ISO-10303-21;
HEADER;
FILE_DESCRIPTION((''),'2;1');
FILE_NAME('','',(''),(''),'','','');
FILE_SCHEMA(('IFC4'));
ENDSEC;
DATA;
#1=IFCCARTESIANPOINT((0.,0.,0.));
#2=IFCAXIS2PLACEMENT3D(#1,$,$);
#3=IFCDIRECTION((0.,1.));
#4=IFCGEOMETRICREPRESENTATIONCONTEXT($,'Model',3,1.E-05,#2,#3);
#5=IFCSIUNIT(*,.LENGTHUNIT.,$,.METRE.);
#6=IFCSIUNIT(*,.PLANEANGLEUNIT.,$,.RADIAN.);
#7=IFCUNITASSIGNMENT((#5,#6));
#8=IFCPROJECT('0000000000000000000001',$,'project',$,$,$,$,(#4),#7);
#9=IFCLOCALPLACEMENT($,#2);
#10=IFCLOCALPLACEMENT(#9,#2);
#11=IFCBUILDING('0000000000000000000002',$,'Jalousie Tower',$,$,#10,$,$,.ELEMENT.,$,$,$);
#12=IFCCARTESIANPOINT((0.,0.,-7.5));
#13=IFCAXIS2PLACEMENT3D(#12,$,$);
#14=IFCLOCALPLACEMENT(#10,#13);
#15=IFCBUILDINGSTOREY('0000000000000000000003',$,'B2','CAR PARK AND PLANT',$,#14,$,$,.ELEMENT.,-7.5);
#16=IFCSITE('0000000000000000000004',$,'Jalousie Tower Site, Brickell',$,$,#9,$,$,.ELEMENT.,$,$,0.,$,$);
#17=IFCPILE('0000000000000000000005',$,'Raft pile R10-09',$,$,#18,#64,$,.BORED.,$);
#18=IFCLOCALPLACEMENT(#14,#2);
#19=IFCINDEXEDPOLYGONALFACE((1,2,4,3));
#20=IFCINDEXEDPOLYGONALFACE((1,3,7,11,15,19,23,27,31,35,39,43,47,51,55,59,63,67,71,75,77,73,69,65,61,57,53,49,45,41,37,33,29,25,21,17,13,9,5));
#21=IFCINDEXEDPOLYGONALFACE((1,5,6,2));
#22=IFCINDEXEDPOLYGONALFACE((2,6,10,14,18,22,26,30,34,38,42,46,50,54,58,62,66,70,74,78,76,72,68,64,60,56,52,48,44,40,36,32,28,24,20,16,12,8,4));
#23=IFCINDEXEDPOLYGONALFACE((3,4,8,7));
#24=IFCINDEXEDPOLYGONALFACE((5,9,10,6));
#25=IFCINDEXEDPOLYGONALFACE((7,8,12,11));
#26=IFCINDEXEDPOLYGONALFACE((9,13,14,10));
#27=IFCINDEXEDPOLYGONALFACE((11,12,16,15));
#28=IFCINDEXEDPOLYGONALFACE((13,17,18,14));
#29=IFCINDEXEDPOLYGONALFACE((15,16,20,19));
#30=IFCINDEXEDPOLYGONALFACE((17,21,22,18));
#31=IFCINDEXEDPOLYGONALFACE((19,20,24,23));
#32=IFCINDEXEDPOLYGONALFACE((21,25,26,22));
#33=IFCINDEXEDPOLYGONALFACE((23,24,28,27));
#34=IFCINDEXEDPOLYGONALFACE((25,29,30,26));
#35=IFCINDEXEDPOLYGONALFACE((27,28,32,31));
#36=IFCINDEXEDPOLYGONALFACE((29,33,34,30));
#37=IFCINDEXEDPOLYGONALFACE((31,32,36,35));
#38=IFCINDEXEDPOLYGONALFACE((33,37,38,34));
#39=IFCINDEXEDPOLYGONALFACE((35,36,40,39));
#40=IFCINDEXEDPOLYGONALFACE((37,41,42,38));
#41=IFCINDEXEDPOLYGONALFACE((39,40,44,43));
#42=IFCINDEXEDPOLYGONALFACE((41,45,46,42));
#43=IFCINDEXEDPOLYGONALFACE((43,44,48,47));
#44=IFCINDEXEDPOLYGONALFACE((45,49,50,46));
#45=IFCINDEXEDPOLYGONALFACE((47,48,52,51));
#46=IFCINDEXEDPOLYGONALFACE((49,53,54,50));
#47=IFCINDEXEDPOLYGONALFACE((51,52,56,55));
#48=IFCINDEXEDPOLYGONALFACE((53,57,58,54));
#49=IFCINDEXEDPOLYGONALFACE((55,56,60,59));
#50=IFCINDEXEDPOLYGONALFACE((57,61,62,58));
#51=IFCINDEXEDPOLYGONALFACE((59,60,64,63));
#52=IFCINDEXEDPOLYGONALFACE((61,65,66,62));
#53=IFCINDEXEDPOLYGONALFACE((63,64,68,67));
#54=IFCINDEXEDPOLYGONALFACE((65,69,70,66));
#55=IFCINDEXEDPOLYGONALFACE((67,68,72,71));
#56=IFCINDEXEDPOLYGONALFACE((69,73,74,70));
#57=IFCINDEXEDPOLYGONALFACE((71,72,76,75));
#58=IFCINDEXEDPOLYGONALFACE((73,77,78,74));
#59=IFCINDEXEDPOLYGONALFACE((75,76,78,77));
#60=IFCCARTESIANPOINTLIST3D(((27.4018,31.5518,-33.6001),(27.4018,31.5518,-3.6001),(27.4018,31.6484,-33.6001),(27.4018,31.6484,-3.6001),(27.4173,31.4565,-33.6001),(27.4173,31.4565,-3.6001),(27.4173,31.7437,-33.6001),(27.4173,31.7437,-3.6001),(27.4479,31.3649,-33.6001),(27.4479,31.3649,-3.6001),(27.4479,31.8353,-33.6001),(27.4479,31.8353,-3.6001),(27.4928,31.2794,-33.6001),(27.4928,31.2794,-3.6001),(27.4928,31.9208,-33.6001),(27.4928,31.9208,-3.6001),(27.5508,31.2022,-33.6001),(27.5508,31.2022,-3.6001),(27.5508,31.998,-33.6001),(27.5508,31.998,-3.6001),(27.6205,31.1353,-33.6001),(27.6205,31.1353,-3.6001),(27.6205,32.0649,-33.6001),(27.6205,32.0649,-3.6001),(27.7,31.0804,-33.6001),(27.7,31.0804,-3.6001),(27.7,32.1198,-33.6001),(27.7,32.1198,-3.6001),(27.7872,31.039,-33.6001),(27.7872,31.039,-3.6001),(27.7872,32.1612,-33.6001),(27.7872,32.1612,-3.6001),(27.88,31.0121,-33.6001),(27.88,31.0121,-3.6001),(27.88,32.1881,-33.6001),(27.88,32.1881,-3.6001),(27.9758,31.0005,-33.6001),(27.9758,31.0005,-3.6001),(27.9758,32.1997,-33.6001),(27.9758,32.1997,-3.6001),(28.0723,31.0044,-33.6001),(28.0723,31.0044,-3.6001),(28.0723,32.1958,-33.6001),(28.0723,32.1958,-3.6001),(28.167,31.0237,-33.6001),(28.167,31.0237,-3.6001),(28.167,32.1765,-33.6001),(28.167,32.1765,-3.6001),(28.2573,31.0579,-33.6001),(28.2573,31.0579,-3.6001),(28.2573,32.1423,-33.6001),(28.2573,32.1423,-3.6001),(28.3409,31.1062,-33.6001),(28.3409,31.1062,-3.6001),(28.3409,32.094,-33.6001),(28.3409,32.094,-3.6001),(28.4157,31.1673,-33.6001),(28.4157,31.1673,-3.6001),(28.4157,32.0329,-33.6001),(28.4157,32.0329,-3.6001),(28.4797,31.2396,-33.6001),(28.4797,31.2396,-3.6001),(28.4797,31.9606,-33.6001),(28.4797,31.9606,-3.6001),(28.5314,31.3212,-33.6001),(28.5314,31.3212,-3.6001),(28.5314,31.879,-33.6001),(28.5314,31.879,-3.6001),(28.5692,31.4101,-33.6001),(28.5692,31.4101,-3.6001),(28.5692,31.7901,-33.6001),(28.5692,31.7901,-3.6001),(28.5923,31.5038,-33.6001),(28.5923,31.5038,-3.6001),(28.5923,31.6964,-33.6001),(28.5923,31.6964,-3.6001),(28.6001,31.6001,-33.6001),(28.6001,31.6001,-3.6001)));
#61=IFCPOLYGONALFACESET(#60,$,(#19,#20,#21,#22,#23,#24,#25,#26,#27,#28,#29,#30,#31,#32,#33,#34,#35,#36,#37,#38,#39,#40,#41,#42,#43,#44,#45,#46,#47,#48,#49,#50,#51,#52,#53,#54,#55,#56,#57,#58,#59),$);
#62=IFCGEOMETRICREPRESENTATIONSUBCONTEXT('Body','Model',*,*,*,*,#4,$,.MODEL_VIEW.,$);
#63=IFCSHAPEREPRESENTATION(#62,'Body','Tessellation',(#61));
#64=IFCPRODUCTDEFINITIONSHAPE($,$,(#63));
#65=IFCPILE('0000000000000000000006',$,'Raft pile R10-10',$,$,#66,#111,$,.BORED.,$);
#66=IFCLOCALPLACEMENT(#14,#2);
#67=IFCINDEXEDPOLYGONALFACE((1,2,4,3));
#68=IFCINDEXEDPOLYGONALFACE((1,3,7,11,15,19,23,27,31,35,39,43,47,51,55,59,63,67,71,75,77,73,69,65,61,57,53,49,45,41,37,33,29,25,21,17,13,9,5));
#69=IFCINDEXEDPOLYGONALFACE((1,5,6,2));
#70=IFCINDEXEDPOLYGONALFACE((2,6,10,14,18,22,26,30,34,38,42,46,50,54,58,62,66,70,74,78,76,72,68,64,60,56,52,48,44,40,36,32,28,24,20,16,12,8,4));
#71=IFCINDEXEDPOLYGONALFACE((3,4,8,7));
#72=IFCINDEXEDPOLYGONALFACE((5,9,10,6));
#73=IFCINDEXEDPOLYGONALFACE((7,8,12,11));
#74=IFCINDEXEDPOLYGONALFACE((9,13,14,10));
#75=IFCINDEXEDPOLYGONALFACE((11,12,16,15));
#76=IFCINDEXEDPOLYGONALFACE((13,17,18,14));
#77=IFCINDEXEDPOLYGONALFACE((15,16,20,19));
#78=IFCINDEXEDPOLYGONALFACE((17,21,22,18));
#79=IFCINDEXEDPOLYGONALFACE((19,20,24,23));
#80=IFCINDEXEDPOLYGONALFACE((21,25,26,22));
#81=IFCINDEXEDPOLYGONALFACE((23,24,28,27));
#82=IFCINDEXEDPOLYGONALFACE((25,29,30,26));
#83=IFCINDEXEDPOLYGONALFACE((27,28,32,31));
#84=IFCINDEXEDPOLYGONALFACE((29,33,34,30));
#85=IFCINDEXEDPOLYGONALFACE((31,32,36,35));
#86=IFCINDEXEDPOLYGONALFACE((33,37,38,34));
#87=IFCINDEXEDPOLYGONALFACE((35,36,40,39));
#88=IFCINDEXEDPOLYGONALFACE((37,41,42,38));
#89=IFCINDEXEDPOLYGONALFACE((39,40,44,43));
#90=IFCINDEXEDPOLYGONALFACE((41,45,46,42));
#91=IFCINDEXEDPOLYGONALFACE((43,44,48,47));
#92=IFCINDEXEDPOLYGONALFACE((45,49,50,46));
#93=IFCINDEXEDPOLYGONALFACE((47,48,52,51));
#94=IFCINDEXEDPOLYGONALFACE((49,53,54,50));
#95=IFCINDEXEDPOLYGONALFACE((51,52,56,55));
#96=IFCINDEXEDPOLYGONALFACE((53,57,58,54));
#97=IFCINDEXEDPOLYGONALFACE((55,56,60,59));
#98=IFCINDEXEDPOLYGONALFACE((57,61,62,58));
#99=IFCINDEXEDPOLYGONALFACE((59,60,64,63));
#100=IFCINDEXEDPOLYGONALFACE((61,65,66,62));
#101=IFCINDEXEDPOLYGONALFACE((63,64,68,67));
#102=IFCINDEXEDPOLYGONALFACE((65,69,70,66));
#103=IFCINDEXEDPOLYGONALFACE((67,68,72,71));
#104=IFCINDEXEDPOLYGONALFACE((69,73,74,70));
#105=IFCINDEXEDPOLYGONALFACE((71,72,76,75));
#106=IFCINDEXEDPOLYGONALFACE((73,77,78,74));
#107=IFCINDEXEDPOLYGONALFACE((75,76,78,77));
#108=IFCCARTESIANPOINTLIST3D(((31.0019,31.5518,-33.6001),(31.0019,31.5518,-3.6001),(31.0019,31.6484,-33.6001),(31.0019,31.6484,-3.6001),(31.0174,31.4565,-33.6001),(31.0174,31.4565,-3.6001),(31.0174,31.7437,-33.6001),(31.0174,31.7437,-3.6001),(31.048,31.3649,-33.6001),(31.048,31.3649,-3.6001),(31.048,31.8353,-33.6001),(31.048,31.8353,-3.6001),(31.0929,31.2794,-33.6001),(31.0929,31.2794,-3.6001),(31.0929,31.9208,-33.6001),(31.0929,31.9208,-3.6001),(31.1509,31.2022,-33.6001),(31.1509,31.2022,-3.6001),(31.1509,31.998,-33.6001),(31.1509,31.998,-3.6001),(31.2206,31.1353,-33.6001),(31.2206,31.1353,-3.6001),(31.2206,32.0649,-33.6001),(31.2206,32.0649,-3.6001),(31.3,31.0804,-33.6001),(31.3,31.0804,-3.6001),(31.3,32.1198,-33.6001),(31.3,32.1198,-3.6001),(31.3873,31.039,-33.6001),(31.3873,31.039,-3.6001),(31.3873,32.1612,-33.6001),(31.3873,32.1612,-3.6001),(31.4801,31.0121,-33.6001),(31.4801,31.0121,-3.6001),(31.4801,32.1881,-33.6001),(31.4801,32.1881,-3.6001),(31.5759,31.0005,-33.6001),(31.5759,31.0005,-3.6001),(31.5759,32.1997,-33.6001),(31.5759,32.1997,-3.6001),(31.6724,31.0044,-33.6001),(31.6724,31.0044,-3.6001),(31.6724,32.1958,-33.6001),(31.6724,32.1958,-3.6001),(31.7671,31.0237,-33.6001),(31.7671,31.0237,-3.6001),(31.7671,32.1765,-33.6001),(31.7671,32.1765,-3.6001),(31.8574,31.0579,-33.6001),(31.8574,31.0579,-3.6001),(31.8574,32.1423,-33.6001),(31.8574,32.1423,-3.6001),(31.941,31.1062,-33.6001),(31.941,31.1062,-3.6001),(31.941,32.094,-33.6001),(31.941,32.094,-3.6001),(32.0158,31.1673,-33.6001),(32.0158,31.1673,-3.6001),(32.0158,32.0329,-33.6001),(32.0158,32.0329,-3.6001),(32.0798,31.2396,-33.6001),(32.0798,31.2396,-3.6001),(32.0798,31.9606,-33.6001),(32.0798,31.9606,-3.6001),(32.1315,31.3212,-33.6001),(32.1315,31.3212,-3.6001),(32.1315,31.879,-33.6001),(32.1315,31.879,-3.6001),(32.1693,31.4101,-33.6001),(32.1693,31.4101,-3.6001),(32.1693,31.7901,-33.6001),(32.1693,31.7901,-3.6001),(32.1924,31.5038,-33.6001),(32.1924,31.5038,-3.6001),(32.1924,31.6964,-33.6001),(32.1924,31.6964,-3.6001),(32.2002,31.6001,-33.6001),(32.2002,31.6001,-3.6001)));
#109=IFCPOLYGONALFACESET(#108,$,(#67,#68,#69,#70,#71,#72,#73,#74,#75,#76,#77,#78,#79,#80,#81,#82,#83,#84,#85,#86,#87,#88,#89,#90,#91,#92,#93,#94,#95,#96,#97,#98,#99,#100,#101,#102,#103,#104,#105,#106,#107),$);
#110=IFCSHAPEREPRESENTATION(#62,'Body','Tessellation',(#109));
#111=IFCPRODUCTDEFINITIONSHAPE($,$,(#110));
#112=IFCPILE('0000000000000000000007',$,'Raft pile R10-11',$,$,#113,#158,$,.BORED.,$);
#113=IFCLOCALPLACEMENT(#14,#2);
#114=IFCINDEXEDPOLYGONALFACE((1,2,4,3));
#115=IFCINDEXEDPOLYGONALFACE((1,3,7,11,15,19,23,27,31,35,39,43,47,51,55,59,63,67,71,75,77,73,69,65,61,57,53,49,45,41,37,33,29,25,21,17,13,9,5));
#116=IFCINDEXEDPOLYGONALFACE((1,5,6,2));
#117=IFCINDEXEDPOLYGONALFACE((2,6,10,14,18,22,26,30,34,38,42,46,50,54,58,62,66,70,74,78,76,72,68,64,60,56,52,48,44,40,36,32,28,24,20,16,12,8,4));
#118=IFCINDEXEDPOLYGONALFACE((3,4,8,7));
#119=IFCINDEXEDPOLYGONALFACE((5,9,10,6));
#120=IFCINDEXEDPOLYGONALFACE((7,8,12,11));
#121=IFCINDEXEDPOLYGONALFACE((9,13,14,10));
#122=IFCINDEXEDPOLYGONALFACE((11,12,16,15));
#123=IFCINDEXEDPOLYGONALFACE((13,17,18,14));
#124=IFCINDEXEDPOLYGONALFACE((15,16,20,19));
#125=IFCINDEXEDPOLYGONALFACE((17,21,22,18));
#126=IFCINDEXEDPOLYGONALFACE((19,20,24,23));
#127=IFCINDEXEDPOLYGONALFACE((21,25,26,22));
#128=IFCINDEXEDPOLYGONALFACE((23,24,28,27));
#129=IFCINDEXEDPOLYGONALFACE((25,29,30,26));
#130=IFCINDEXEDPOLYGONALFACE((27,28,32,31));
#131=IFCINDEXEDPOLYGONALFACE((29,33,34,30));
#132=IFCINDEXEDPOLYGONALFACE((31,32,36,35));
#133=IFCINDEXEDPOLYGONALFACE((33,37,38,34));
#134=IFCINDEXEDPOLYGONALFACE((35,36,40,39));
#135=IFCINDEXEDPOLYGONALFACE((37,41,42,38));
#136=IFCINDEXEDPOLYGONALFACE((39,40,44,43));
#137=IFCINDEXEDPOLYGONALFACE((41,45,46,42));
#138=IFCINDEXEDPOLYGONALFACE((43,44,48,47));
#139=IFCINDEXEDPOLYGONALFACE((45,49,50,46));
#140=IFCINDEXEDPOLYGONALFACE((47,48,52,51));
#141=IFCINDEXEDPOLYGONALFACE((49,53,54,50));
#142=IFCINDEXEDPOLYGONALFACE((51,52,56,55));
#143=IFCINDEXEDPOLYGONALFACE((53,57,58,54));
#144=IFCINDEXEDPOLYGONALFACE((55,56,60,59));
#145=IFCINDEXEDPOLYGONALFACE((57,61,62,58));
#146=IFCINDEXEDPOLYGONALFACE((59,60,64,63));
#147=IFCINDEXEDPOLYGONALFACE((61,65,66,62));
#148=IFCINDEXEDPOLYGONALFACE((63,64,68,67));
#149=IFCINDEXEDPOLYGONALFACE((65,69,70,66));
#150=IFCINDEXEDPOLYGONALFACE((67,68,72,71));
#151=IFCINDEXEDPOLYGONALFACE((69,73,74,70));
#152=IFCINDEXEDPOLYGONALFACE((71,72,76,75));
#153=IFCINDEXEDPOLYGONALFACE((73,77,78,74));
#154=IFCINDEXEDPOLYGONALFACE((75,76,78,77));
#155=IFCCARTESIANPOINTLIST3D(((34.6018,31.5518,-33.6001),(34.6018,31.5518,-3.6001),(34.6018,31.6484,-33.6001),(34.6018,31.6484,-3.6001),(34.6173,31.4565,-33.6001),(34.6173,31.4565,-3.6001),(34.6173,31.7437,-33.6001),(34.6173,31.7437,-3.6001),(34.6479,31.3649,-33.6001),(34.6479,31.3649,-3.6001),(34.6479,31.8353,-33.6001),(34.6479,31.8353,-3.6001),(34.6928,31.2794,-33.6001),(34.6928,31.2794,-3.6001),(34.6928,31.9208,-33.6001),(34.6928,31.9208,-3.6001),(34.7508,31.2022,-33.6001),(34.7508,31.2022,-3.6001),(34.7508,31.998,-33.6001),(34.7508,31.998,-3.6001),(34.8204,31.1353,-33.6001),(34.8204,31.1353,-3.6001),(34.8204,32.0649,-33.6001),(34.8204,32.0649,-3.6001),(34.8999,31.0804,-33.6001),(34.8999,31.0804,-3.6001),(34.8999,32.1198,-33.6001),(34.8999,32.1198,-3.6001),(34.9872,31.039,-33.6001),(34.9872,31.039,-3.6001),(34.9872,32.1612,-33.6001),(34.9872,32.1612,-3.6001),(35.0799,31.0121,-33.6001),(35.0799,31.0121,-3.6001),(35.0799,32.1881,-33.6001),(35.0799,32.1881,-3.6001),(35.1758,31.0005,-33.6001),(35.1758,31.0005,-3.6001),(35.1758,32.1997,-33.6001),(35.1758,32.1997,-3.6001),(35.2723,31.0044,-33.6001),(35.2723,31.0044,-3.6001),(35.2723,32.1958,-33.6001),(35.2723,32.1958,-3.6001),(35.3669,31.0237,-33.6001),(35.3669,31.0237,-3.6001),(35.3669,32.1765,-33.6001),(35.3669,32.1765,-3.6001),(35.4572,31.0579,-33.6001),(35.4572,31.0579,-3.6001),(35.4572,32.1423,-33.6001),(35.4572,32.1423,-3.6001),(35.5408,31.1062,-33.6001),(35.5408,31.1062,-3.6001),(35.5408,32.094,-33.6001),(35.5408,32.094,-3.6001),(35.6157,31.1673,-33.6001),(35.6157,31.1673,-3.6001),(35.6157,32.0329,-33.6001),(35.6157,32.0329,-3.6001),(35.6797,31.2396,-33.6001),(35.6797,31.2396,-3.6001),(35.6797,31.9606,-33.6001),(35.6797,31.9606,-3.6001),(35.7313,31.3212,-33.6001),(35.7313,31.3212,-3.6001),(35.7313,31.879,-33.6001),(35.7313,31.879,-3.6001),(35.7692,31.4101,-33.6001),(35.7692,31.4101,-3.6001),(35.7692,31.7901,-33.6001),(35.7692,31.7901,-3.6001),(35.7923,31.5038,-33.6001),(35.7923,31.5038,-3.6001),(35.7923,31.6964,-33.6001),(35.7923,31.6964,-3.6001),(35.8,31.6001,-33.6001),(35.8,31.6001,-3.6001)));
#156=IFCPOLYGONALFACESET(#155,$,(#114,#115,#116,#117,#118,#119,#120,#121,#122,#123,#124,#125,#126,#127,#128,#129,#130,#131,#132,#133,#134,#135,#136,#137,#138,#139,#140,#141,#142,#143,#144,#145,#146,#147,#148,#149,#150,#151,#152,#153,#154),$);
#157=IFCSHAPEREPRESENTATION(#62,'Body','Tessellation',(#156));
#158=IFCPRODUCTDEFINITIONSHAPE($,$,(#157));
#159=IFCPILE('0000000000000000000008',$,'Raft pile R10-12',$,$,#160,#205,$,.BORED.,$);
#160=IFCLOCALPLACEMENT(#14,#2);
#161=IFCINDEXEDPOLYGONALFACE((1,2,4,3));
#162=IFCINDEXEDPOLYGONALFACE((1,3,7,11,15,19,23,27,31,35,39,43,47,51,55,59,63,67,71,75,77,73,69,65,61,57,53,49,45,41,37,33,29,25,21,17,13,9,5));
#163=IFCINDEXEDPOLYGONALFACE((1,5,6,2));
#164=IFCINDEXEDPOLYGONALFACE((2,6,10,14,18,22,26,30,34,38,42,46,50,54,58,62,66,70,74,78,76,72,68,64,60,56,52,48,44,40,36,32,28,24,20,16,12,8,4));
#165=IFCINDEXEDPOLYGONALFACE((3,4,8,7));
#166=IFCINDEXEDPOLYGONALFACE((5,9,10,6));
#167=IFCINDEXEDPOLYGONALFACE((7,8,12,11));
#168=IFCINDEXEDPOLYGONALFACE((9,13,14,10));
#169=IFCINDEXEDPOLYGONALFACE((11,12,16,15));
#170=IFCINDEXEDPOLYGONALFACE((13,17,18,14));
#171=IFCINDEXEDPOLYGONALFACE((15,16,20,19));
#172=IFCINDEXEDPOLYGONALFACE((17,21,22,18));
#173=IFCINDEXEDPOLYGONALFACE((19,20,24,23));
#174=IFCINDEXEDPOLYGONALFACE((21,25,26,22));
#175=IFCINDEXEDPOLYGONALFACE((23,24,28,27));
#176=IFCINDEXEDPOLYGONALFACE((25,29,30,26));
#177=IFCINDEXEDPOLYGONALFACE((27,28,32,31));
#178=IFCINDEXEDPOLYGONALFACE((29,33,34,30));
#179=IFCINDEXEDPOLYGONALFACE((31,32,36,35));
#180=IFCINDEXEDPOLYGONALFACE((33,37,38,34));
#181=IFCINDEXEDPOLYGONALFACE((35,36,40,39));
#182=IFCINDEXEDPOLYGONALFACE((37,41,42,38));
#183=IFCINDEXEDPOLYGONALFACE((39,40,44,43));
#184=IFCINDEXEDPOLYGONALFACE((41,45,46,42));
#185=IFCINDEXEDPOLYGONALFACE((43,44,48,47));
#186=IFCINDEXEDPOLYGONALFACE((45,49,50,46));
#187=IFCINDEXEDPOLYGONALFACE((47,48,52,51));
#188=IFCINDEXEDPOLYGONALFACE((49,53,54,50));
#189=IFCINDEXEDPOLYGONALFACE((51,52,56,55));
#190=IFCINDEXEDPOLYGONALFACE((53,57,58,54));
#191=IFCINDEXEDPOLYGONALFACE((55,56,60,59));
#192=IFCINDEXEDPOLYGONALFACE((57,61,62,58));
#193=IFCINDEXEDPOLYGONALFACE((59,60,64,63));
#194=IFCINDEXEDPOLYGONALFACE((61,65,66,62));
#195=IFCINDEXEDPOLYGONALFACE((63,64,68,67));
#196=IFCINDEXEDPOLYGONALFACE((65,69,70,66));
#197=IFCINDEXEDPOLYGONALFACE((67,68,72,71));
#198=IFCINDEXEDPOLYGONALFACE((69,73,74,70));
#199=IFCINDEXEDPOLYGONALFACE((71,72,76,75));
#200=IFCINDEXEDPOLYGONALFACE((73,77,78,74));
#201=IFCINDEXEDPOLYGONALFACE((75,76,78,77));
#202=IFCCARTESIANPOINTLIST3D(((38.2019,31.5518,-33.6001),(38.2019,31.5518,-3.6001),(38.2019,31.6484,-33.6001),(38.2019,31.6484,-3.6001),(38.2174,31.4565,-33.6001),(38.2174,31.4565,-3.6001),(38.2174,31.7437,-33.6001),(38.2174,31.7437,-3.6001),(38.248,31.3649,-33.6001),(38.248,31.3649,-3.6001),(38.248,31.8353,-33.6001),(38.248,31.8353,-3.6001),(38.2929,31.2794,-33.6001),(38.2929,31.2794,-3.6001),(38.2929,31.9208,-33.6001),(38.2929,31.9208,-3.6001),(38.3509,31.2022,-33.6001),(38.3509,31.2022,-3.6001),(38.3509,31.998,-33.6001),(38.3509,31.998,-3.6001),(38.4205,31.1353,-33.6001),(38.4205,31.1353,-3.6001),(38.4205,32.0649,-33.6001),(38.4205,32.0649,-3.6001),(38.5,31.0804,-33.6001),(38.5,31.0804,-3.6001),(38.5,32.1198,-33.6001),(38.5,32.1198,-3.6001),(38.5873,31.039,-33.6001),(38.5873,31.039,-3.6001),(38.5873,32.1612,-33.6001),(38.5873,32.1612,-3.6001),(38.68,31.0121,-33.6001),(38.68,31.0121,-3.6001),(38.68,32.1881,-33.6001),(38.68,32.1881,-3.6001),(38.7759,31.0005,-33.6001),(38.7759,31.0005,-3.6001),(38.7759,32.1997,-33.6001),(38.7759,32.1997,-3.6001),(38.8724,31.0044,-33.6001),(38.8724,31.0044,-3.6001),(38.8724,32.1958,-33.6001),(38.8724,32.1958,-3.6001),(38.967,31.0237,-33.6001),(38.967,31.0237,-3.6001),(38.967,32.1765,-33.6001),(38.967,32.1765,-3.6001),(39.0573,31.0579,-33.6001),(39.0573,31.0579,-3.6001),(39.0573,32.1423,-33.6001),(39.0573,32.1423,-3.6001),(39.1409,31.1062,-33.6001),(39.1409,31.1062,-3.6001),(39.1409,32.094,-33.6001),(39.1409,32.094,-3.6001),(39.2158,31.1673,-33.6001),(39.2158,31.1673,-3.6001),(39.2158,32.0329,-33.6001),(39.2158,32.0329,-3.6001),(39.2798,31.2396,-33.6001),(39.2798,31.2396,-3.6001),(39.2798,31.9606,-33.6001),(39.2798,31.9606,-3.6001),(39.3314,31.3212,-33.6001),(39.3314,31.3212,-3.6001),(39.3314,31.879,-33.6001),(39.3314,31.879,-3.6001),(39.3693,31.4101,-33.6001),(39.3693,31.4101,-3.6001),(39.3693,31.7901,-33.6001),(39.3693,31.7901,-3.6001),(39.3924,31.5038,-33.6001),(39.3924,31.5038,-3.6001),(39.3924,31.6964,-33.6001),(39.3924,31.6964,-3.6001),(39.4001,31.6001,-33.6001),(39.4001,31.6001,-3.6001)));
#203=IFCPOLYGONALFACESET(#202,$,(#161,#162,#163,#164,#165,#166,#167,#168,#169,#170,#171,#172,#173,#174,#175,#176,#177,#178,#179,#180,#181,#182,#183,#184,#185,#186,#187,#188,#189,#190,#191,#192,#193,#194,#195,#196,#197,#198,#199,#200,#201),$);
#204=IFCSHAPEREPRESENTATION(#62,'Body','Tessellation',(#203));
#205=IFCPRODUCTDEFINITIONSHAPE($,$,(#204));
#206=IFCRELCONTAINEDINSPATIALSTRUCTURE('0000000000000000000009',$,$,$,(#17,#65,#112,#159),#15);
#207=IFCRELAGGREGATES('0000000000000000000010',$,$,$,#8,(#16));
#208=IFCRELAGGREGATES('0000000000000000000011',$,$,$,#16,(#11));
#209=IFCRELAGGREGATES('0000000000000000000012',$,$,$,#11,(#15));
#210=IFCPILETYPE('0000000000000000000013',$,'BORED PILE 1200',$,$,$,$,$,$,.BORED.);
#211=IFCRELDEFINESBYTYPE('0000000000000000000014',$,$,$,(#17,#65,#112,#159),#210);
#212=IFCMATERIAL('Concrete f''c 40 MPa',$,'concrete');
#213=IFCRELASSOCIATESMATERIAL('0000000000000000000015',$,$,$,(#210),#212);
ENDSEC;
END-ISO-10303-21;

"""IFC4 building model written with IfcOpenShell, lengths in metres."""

from ifc_helpers import new_model, si_unit, direction, frame, origin, origin_2d, place, context, subcontext, project, spatial, circle, extrude, material, material_profile, profile_set, type_object, element, save


model = new_model("IFC4")

# Units and contexts
model_context = context("Model", 3, precision=1e-05, world=origin(), true_north=direction((0.0, 1.0)))
body_context = subcontext(model_context, "Body", "Model", "MODEL_VIEW")
ifc_project = project(units=[si_unit("LENGTHUNIT", "METRE"), si_unit("PLANEANGLEUNIT", "RADIAN")], contexts=[model_context])

# Site, building, storey
site_placement = place(None, origin())
site = spatial("IfcSite", under=ifc_project, at=site_placement, Name="Jalousie Tower Site, Brickell", CompositionType="ELEMENT", RefElevation=0.0)
building_placement = place(site_placement, origin())
building = spatial("IfcBuilding", under=site, at=building_placement, Name="Jalousie Tower", CompositionType="ELEMENT")
storey_placement = place(building_placement, frame((0.0, 0.0, -7.5)))
storey = spatial("IfcBuildingStorey", under=building, at=storey_placement, Name="B2", Description="CAR PARK AND PLANT", CompositionType="ELEMENT", Elevation=-7.5)

# Piles
ifc_material_1 = material(Name="Concrete f'c 40 MPa", Category="concrete")
ifc_material_profile_1 = material_profile(ifc_material_1, circle(Radius=0.6001, at=origin_2d()), Name="BORED PILE D1200")
ifc_profile_set_1 = profile_set([ifc_material_profile_1], Name="Concrete f'c 40 MPa")
pile_type = type_object("IfcPileType", Name="BORED PILE 1200", PredefinedType="BORED", material=ifc_profile_set_1)
for number, where, z_axis, x_axis, name in (
    (1, (28.0, 31.6001, -3.6001), (0.0, 0.0, -1.0), (1.0, 0.0, 0.0), "Raft pile R10-09"),
    (2, (31.6001, 31.6001, -3.6001), (0.0, 0.0, -1.0), (1.0, 0.0, 0.0), "Raft pile R10-10"),
    (3, (35.2, 31.6001, -3.6001), (0.0, 0.0, -1.0), (1.0, 0.0, 0.0), "Raft pile R10-11"),
    (4, (38.8, 31.6001, -3.6001), (0.0, 0.0, -1.0), (1.0, 0.0, 0.0), "Raft pile R10-12"),
):
    element("IfcPile", number, at=place(storey_placement, frame(where, z_axis=z_axis, x_axis=x_axis)), inside=storey, type_object=pile_type, Name=name, PredefinedType="BORED", context=body_context, shape_type="SweptSolid", body=[
        extrude(circle(Radius=0.6001, at=origin_2d()), origin(), (0.0, 0.0, 1.0), 30.0),
    ])

save(model, "model.ifc")
